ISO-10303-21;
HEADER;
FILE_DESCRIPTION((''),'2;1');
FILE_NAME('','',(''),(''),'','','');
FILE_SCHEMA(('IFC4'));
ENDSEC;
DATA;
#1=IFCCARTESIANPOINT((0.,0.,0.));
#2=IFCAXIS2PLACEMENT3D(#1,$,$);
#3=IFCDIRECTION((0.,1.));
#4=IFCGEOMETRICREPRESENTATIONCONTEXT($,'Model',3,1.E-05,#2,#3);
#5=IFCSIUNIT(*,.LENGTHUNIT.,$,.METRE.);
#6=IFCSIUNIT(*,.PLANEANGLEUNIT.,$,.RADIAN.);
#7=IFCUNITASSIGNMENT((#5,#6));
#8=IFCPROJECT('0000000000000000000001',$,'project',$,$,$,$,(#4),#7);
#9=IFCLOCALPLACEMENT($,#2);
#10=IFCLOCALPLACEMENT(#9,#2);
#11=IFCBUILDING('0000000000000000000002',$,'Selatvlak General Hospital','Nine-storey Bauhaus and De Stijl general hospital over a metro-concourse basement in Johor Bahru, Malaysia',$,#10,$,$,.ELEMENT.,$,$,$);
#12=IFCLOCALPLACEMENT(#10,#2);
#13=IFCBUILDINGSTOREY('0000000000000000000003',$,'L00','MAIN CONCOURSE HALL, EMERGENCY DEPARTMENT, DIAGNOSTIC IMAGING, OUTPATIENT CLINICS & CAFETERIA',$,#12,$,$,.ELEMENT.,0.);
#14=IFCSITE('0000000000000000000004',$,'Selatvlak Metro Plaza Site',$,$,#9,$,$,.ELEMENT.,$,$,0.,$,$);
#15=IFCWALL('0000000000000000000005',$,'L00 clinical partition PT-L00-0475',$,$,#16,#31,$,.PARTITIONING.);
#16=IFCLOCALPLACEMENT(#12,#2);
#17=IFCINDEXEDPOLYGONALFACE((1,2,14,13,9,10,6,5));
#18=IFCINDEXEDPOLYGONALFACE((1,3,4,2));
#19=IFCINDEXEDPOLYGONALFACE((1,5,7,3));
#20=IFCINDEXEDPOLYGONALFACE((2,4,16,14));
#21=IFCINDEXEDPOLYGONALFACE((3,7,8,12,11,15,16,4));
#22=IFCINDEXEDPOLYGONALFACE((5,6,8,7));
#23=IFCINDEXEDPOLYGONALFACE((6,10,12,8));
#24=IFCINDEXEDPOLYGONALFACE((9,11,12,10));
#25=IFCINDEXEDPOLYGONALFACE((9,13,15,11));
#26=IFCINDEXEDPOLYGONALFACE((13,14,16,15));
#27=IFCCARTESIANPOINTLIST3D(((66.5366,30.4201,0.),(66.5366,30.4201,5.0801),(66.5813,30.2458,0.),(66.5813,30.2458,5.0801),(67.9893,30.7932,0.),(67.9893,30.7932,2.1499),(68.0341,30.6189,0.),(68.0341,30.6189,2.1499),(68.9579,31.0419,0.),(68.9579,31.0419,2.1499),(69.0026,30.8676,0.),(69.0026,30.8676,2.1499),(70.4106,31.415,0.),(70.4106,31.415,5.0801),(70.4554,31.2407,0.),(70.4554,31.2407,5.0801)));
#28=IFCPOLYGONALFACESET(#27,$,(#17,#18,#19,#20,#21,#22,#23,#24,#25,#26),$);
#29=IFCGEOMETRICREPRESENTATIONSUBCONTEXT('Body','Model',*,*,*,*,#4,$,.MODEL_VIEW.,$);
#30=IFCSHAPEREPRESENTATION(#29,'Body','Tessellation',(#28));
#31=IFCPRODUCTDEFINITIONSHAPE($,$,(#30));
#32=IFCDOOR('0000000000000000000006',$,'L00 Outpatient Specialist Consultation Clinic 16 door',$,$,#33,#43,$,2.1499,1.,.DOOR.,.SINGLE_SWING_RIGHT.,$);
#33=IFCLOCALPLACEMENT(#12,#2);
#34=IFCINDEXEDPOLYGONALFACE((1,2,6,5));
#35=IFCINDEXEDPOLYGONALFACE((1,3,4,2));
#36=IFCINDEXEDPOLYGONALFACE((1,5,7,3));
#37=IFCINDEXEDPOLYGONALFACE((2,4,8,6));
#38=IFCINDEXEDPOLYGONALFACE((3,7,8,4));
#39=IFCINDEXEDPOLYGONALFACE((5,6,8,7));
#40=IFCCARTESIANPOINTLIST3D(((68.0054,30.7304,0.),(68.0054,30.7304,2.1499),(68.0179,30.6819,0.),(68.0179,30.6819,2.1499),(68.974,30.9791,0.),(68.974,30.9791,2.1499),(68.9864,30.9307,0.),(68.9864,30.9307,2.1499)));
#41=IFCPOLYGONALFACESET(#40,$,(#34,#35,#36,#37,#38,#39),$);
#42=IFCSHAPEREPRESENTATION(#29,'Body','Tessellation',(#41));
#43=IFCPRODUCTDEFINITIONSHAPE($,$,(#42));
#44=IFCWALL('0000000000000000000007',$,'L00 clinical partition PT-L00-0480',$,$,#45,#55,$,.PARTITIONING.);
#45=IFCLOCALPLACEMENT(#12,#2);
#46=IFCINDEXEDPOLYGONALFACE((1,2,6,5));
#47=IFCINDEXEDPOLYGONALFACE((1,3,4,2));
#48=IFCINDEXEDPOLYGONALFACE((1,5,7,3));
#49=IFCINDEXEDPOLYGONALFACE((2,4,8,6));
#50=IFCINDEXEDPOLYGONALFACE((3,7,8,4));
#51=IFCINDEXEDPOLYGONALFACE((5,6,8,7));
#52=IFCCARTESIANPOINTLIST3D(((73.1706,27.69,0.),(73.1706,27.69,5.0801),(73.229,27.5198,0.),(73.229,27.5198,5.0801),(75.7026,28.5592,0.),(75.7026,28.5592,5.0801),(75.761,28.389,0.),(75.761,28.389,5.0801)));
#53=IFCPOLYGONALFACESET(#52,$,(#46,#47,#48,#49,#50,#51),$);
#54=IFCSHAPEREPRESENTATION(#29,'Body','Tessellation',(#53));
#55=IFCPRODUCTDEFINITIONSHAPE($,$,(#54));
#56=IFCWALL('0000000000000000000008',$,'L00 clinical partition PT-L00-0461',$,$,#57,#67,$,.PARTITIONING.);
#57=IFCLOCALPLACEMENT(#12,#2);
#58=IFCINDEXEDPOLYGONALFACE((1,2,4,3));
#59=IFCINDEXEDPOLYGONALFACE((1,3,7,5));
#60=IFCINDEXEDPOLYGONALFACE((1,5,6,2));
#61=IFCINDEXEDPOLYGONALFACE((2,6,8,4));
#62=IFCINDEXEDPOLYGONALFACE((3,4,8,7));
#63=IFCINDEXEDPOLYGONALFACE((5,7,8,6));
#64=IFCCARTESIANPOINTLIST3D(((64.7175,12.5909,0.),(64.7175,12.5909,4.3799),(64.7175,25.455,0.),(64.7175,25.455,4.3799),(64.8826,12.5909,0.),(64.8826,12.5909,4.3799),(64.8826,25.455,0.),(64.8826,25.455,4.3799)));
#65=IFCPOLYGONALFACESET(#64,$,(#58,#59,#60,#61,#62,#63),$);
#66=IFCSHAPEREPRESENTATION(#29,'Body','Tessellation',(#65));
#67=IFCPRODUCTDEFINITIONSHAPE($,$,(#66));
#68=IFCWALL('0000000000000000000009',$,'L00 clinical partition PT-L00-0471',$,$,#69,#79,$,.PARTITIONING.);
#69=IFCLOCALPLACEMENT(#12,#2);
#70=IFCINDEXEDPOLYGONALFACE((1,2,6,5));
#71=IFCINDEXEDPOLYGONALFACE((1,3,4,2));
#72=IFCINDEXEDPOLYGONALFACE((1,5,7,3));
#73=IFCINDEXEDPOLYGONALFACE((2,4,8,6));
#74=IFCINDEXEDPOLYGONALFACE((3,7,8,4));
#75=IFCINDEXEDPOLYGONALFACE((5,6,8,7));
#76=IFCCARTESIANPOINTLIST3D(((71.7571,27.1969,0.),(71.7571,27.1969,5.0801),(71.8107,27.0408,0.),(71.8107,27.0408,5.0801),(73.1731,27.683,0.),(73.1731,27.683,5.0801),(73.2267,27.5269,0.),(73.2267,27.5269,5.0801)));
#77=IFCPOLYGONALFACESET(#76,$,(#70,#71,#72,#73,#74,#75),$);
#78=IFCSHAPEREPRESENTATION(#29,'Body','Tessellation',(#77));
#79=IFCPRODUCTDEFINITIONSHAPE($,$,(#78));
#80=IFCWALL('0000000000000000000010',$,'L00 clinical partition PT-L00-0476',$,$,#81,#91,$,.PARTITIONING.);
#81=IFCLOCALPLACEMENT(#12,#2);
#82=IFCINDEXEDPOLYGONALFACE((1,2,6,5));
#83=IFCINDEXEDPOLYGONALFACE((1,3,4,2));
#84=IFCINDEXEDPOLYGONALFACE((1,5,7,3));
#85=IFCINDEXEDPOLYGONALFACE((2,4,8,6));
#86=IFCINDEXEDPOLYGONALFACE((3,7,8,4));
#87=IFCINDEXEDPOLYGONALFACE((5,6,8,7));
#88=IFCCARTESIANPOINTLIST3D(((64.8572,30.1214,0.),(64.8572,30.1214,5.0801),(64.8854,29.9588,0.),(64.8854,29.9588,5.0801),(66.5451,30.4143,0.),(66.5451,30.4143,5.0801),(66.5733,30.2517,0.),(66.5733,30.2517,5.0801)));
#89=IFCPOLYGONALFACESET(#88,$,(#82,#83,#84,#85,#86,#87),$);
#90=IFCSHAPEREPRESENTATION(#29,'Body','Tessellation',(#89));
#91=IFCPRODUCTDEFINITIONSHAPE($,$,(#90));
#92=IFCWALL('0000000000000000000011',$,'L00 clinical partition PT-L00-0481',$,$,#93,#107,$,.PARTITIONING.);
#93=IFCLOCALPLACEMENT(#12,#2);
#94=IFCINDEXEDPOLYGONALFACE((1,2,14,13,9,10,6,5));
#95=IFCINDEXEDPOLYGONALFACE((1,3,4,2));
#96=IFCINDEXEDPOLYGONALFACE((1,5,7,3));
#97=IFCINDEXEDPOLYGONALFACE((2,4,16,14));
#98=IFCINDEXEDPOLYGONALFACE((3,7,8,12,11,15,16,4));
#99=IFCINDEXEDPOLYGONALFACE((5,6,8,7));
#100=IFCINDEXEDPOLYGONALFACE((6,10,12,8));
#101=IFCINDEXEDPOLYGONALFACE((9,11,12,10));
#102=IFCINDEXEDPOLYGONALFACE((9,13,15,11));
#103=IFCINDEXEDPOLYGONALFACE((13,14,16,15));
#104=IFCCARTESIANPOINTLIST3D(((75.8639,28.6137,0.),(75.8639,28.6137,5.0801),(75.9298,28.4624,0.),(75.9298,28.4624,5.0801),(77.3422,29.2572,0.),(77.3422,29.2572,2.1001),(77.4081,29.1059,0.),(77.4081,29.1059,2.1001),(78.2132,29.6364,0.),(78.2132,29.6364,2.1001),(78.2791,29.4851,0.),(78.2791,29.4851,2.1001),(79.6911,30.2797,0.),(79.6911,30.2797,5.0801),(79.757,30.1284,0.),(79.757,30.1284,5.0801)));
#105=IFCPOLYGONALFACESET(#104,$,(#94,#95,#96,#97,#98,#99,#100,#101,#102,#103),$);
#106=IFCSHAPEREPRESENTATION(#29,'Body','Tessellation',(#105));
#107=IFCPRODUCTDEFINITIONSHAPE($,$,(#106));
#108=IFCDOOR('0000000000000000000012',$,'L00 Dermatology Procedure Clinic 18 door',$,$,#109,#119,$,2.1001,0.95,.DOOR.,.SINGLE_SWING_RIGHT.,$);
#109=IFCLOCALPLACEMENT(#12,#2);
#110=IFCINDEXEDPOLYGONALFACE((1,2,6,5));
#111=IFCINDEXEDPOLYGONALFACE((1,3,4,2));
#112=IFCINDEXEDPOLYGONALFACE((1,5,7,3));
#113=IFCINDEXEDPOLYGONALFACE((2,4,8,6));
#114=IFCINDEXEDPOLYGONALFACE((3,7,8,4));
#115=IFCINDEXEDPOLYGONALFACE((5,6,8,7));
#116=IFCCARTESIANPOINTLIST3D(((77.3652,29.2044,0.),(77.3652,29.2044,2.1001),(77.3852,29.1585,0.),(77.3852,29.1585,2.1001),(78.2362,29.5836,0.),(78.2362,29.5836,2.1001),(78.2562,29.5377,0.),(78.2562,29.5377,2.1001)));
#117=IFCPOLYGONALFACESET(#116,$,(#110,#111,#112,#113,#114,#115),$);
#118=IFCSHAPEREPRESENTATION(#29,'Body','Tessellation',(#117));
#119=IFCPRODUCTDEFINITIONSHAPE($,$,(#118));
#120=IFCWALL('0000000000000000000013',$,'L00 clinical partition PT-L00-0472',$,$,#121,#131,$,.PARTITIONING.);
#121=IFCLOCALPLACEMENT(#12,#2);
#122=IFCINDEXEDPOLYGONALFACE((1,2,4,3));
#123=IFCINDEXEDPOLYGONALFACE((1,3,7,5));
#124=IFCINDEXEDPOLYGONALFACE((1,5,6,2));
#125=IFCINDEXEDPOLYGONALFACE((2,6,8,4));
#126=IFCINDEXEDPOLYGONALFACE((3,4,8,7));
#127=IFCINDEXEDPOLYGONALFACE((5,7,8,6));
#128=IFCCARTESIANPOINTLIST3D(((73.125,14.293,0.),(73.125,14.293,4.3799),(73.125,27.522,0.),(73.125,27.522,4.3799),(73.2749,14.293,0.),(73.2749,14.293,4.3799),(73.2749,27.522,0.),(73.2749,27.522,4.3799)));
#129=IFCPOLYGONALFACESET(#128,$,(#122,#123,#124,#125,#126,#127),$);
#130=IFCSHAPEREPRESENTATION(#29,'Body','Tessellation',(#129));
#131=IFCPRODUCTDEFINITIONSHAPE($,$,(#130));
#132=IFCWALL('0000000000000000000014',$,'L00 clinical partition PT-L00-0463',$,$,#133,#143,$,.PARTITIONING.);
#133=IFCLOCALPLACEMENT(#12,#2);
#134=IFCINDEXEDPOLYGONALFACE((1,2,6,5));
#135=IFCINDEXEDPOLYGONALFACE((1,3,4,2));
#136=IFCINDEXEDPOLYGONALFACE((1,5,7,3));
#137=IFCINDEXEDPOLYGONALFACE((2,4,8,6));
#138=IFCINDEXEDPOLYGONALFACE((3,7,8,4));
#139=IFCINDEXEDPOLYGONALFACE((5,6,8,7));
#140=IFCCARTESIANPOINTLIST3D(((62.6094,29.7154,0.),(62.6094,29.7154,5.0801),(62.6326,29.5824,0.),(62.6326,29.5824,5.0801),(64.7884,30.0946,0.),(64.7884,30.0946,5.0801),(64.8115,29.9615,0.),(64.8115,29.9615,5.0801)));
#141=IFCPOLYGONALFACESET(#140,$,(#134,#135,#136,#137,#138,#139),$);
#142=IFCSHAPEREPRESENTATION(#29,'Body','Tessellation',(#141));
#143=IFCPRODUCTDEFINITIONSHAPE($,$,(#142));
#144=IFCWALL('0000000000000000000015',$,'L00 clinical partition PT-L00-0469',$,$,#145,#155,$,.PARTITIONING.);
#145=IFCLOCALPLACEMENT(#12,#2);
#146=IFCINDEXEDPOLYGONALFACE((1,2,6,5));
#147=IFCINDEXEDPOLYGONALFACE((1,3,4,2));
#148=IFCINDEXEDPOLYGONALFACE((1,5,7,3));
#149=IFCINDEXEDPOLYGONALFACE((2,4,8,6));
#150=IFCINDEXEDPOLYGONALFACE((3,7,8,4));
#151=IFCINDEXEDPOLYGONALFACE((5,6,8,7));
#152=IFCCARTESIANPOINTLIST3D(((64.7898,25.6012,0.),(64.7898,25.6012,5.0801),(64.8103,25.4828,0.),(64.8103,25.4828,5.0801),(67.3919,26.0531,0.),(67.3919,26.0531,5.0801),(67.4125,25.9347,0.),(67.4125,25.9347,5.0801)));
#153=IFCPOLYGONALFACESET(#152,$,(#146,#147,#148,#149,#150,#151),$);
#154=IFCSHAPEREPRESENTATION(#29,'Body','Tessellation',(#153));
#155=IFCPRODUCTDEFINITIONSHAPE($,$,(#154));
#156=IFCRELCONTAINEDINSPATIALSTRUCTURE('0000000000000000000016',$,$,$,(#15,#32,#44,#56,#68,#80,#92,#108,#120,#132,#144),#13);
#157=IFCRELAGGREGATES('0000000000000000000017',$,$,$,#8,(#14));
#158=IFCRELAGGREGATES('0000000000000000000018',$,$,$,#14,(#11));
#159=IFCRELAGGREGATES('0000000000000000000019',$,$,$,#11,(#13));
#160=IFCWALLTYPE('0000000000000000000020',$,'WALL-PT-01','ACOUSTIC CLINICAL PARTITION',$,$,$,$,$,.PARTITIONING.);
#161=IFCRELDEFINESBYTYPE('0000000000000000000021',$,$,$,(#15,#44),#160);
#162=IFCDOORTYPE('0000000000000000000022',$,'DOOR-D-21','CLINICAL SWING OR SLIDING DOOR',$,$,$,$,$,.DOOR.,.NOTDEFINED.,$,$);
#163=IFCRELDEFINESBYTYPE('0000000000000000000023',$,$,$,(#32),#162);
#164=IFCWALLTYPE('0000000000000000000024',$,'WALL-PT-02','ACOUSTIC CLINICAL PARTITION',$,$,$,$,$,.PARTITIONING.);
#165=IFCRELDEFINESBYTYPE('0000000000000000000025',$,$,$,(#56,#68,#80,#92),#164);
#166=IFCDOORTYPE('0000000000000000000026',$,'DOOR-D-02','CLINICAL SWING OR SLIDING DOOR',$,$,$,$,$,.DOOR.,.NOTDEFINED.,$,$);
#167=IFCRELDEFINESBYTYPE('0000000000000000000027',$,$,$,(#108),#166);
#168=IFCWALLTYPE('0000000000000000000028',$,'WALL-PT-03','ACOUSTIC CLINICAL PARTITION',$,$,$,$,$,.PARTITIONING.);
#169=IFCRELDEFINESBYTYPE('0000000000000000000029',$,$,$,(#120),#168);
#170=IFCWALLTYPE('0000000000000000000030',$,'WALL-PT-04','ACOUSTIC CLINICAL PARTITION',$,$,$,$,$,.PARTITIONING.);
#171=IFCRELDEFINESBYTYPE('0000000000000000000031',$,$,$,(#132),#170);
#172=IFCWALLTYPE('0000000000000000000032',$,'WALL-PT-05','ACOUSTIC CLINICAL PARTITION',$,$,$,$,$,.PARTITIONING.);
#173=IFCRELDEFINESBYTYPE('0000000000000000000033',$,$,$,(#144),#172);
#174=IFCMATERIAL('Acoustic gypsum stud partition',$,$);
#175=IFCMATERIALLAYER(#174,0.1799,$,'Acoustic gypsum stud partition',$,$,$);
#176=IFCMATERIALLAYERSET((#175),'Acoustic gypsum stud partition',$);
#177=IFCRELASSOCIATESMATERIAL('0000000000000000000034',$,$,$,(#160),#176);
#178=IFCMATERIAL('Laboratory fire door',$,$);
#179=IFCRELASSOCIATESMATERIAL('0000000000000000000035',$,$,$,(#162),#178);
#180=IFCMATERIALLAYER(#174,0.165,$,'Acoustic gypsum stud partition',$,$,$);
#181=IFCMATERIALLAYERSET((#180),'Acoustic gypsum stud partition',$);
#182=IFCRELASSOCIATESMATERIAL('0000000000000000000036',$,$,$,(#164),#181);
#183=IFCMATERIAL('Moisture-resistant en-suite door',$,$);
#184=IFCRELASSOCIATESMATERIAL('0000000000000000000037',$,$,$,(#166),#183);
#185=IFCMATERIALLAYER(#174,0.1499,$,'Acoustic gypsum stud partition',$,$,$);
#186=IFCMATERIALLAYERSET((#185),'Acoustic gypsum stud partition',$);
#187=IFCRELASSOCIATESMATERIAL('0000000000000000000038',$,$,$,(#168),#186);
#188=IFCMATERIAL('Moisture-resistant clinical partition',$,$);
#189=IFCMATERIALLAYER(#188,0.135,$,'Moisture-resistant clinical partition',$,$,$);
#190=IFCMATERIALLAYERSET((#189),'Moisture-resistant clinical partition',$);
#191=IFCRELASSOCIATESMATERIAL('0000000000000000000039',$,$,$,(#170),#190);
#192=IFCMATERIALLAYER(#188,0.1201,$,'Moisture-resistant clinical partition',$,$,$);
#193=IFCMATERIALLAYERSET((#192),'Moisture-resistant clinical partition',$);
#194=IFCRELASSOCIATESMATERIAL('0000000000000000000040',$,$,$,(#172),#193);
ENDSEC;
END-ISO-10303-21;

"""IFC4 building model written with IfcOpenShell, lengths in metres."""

from ifc_helpers import new_model, si_unit, direction, frame, frame_2d, origin, place, context, subcontext, project, spatial, rectangle, extrude, material, layer, layer_set, type_object, element, fill, save


model = new_model("IFC4")

# Units and contexts
model_context = context("Model", 3, precision=1e-05, world=origin(), true_north=direction((0.0, 1.0)))
body_context = subcontext(model_context, "Body", "Model", "MODEL_VIEW")
ifc_project = project(units=[si_unit("LENGTHUNIT", "METRE"), si_unit("PLANEANGLEUNIT", "RADIAN")], contexts=[model_context])

# Site, building, storey
site_placement = place(None, origin())
site = spatial("IfcSite", under=ifc_project, at=site_placement, Name="Selatvlak Metro Plaza Site", CompositionType="ELEMENT", RefElevation=0.0)
building_placement = place(site_placement, origin())
building = spatial("IfcBuilding", under=site, at=building_placement, Name="Selatvlak General Hospital", Description="Nine-storey Bauhaus and De Stijl general hospital over a metro-concourse basement in Johor Bahru, Malaysia", CompositionType="ELEMENT")
storey_placement = place(building_placement, origin())
storey = spatial("IfcBuildingStorey", under=building, at=storey_placement, Name="L00", Description="MAIN CONCOURSE HALL, EMERGENCY DEPARTMENT, DIAGNOSTIC IMAGING, OUTPATIENT CLINICS & CAFETERIA", CompositionType="ELEMENT", Elevation=0.0)

# Shared definitions
ifc_material_1 = material(Name="Acoustic gypsum stud partition")
ifc_layer_1 = layer(ifc_material_1, 0.1799, Name="Acoustic gypsum stud partition")
ifc_layer_set_1 = layer_set([ifc_layer_1], Name="Acoustic gypsum stud partition")
wall_type_1 = type_object("IfcWallType", Name="WALL-PT-01", Description="ACOUSTIC CLINICAL PARTITION", PredefinedType="PARTITIONING", material=ifc_layer_set_1)

# Wall, opening, door
wall_1_placement = place(storey_placement, frame((70.4331, 31.3279, 0.0), z_axis=(0.0, 0.0, 1.0), x_axis=(-0.968572, -0.248735, 0.0)))
wall_1 = element("IfcWall", 1, at=wall_1_placement, inside=storey, type_object=wall_type_1, Name="L00 clinical partition PT-L00-0475", PredefinedType="PARTITIONING", context=body_context, shape_type="SweptSolid", body=[
    extrude(rectangle(XDim=3.9998, YDim=0.1799, at=frame_2d((2.0, 0.0))), origin(), (0.0, 0.0, 1.0), 5.0801),
])
opening_1_placement = place(wall_1_placement, frame((1.5, 0.0, 0.0)))
opening_1 = element("IfcOpeningElement", 2, at=opening_1_placement, cuts=wall_1, PredefinedType="OPENING", context=body_context, shape_type="SweptSolid", body=[
    extrude(rectangle(XDim=1.0, YDim=2.1499, at=frame_2d((0.5, 1.075))), frame((0.0, 0.0999, 0.0), z_axis=(0.0, -1.0, 0.0), x_axis=(1.0, 0.0, 0.0)), (0.0, 0.0, 1.0), 0.2),
])
ifc_material_2 = material(Name="Laboratory fire door")
door_type_1 = type_object("IfcDoorType", Name="DOOR-D-21", Description="CLINICAL SWING OR SLIDING DOOR", OperationType="NOTDEFINED", PredefinedType="DOOR", material=ifc_material_2)
door_1_placement = place(opening_1_placement, origin())
door_1 = element("IfcDoor", 3, at=door_1_placement, inside=storey, type_object=door_type_1, Name="L00 Outpatient Specialist Consultation Clinic 16 door", OperationType="SINGLE_SWING_RIGHT", OverallHeight=2.1499, OverallWidth=1.0, PredefinedType="DOOR", context=body_context, shape_type="SweptSolid", body=[
    extrude(rectangle(XDim=1.0, YDim=2.1499, at=frame_2d((0.5, 1.075))), frame((0.0, 0.0249, 0.0), z_axis=(0.0, -1.0, 0.0), x_axis=(1.0, 0.0, 0.0)), (0.0, 0.0, 1.0), 0.05),
])
fill(opening_1, door_1)

# Walls
wall_2_placement = place(storey_placement, frame((73.2, 27.605, 0.0), z_axis=(0.0, 0.0, 1.0), x_axis=(0.945828, 0.324669, 0.0)))
element("IfcWall", 4, at=wall_2_placement, inside=storey, type_object=wall_type_1, Name="L00 clinical partition PT-L00-0480", PredefinedType="PARTITIONING", context=body_context, shape_type="SweptSolid", body=[
    extrude(rectangle(XDim=2.677, YDim=0.1799, at=frame_2d((1.3384, 0.0))), origin(), (0.0, 0.0, 1.0), 5.0801),
])
ifc_layer_2 = layer(ifc_material_1, 0.165, Name="Acoustic gypsum stud partition")
ifc_layer_set_2 = layer_set([ifc_layer_2], Name="Acoustic gypsum stud partition")
wall_type_2 = type_object("IfcWallType", Name="WALL-PT-02", Description="ACOUSTIC CLINICAL PARTITION", PredefinedType="PARTITIONING", material=ifc_layer_set_2)
wall_3_placement = place(storey_placement, frame((64.8, 25.4551, 0.0), z_axis=(0.0, 0.0, 1.0), x_axis=(0.0, -1.0, 0.0)))
element("IfcWall", 5, at=wall_3_placement, inside=storey, type_object=wall_type_2, Name="L00 clinical partition PT-L00-0461", PredefinedType="PARTITIONING", context=body_context, shape_type="SweptSolid", body=[
    extrude(rectangle(XDim=12.864, YDim=0.165, at=frame_2d((6.4321, 0.0))), origin(), (0.0, 0.0, 1.0), 4.3799),
])
wall_4_placement = place(storey_placement, frame((71.7839, 27.1189, 0.0), z_axis=(0.0, 0.0, 1.0), x_axis=(0.945824, 0.324679, 0.0)))
element("IfcWall", 6, at=wall_4_placement, inside=storey, type_object=wall_type_2, Name="L00 clinical partition PT-L00-0471", PredefinedType="PARTITIONING", context=body_context, shape_type="SweptSolid", body=[
    extrude(rectangle(XDim=1.4971, YDim=0.165, at=frame_2d((0.7485, 0.0))), origin(), (0.0, 0.0, 1.0), 5.0801),
])
wall_5_placement = place(storey_placement, frame((66.5591, 30.333, 0.0), z_axis=(0.0, 0.0, 1.0), x_axis=(-0.98527, -0.171004, 0.0)))
element("IfcWall", 7, at=wall_5_placement, inside=storey, type_object=wall_type_2, Name="L00 clinical partition PT-L00-0476", PredefinedType="PARTITIONING", context=body_context, shape_type="SweptSolid", body=[
    extrude(rectangle(XDim=1.7131, YDim=0.165, at=frame_2d((0.8564, 0.0))), origin(), (0.0, 0.0, 1.0), 5.0801),
])

# Wall, opening, door
wall_6_placement = place(storey_placement, frame((75.897, 28.5381, 0.0), z_axis=(0.0, 0.0, 1.0), x_axis=(0.916891, 0.399137, 0.0)))
wall_6 = element("IfcWall", 8, at=wall_6_placement, inside=storey, type_object=wall_type_2, Name="L00 clinical partition PT-L00-0481", PredefinedType="PARTITIONING", context=body_context, shape_type="SweptSolid", body=[
    extrude(rectangle(XDim=4.1741, YDim=0.165, at=frame_2d((2.0869, 0.0))), origin(), (0.0, 0.0, 1.0), 5.0801),
])
opening_2_placement = place(wall_6_placement, frame((1.6121, 0.0, 0.0)))
opening_2 = element("IfcOpeningElement", 9, at=opening_2_placement, cuts=wall_6, PredefinedType="OPENING", context=body_context, shape_type="SweptSolid", body=[
    extrude(rectangle(XDim=0.95, YDim=2.1001, at=frame_2d((0.4751, 1.05))), frame((0.0, 0.0925, 0.0), z_axis=(0.0, -1.0, 0.0), x_axis=(1.0, 0.0, 0.0)), (0.0, 0.0, 1.0), 0.1851),
])
ifc_material_3 = material(Name="Moisture-resistant en-suite door")
door_type_2 = type_object("IfcDoorType", Name="DOOR-D-02", Description="CLINICAL SWING OR SLIDING DOOR", OperationType="NOTDEFINED", PredefinedType="DOOR", material=ifc_material_3)
door_2_placement = place(opening_2_placement, origin())
door_2 = element("IfcDoor", 10, at=door_2_placement, inside=storey, type_object=door_type_2, Name="L00 Dermatology Procedure Clinic 18 door", OperationType="SINGLE_SWING_RIGHT", OverallHeight=2.1001, OverallWidth=0.95, PredefinedType="DOOR", context=body_context, shape_type="SweptSolid", body=[
    extrude(rectangle(XDim=0.95, YDim=2.1001, at=frame_2d((0.4751, 1.05))), frame((0.0, 0.0249, 0.0), z_axis=(0.0, -1.0, 0.0), x_axis=(1.0, 0.0, 0.0)), (0.0, 0.0, 1.0), 0.05),
])
fill(opening_2, door_2)

# Walls
ifc_layer_3 = layer(ifc_material_1, 0.1499, Name="Acoustic gypsum stud partition")
ifc_layer_set_3 = layer_set([ifc_layer_3], Name="Acoustic gypsum stud partition")
wall_type_3 = type_object("IfcWallType", Name="WALL-PT-03", Description="ACOUSTIC CLINICAL PARTITION", PredefinedType="PARTITIONING", material=ifc_layer_set_3)
wall_7_placement = place(storey_placement, frame((73.2, 27.522, 0.0), z_axis=(0.0, 0.0, 1.0), x_axis=(0.0, -1.0, 0.0)))
element("IfcWall", 11, at=wall_7_placement, inside=storey, type_object=wall_type_3, Name="L00 clinical partition PT-L00-0472", PredefinedType="PARTITIONING", context=body_context, shape_type="SweptSolid", body=[
    extrude(rectangle(XDim=13.229, YDim=0.1499, at=frame_2d((6.6145, 0.0))), origin(), (0.0, 0.0, 1.0), 4.3799),
])
ifc_material_4 = material(Name="Moisture-resistant clinical partition")
ifc_layer_4 = layer(ifc_material_4, 0.135, Name="Moisture-resistant clinical partition")
ifc_layer_set_4 = layer_set([ifc_layer_4], Name="Moisture-resistant clinical partition")
wall_type_4 = type_object("IfcWallType", Name="WALL-PT-04", Description="ACOUSTIC CLINICAL PARTITION", PredefinedType="PARTITIONING", material=ifc_layer_set_4)
wall_8_placement = place(storey_placement, frame((64.8, 30.0281, 0.0), z_axis=(0.0, 0.0, 1.0), x_axis=(-0.985196, -0.17143, 0.0)))
element("IfcWall", 12, at=wall_8_placement, inside=storey, type_object=wall_type_4, Name="L00 clinical partition PT-L00-0463", PredefinedType="PARTITIONING", context=body_context, shape_type="SweptSolid", body=[
    extrude(rectangle(XDim=2.2117, YDim=0.135, at=frame_2d((1.106, 0.0))), origin(), (0.0, 0.0, 1.0), 5.0801),
])
ifc_layer_5 = layer(ifc_material_4, 0.1201, Name="Moisture-resistant clinical partition")
ifc_layer_set_5 = layer_set([ifc_layer_5], Name="Moisture-resistant clinical partition")
wall_type_5 = type_object("IfcWallType", Name="WALL-PT-05", Description="ACOUSTIC CLINICAL PARTITION", PredefinedType="PARTITIONING", material=ifc_layer_set_5)
wall_9_placement = place(storey_placement, frame((64.8, 25.542, 0.0), z_axis=(0.0, 0.0, 1.0), x_axis=(0.985252, 0.171111, 0.0)))
element("IfcWall", 13, at=wall_9_placement, inside=storey, type_object=wall_type_5, Name="L00 clinical partition PT-L00-0469", PredefinedType="PARTITIONING", context=body_context, shape_type="SweptSolid", body=[
    extrude(rectangle(XDim=2.6411, YDim=0.1201, at=frame_2d((1.3206, 0.0))), origin(), (0.0, 0.0, 1.0), 5.0801),
])

save(model, "model.ifc")
